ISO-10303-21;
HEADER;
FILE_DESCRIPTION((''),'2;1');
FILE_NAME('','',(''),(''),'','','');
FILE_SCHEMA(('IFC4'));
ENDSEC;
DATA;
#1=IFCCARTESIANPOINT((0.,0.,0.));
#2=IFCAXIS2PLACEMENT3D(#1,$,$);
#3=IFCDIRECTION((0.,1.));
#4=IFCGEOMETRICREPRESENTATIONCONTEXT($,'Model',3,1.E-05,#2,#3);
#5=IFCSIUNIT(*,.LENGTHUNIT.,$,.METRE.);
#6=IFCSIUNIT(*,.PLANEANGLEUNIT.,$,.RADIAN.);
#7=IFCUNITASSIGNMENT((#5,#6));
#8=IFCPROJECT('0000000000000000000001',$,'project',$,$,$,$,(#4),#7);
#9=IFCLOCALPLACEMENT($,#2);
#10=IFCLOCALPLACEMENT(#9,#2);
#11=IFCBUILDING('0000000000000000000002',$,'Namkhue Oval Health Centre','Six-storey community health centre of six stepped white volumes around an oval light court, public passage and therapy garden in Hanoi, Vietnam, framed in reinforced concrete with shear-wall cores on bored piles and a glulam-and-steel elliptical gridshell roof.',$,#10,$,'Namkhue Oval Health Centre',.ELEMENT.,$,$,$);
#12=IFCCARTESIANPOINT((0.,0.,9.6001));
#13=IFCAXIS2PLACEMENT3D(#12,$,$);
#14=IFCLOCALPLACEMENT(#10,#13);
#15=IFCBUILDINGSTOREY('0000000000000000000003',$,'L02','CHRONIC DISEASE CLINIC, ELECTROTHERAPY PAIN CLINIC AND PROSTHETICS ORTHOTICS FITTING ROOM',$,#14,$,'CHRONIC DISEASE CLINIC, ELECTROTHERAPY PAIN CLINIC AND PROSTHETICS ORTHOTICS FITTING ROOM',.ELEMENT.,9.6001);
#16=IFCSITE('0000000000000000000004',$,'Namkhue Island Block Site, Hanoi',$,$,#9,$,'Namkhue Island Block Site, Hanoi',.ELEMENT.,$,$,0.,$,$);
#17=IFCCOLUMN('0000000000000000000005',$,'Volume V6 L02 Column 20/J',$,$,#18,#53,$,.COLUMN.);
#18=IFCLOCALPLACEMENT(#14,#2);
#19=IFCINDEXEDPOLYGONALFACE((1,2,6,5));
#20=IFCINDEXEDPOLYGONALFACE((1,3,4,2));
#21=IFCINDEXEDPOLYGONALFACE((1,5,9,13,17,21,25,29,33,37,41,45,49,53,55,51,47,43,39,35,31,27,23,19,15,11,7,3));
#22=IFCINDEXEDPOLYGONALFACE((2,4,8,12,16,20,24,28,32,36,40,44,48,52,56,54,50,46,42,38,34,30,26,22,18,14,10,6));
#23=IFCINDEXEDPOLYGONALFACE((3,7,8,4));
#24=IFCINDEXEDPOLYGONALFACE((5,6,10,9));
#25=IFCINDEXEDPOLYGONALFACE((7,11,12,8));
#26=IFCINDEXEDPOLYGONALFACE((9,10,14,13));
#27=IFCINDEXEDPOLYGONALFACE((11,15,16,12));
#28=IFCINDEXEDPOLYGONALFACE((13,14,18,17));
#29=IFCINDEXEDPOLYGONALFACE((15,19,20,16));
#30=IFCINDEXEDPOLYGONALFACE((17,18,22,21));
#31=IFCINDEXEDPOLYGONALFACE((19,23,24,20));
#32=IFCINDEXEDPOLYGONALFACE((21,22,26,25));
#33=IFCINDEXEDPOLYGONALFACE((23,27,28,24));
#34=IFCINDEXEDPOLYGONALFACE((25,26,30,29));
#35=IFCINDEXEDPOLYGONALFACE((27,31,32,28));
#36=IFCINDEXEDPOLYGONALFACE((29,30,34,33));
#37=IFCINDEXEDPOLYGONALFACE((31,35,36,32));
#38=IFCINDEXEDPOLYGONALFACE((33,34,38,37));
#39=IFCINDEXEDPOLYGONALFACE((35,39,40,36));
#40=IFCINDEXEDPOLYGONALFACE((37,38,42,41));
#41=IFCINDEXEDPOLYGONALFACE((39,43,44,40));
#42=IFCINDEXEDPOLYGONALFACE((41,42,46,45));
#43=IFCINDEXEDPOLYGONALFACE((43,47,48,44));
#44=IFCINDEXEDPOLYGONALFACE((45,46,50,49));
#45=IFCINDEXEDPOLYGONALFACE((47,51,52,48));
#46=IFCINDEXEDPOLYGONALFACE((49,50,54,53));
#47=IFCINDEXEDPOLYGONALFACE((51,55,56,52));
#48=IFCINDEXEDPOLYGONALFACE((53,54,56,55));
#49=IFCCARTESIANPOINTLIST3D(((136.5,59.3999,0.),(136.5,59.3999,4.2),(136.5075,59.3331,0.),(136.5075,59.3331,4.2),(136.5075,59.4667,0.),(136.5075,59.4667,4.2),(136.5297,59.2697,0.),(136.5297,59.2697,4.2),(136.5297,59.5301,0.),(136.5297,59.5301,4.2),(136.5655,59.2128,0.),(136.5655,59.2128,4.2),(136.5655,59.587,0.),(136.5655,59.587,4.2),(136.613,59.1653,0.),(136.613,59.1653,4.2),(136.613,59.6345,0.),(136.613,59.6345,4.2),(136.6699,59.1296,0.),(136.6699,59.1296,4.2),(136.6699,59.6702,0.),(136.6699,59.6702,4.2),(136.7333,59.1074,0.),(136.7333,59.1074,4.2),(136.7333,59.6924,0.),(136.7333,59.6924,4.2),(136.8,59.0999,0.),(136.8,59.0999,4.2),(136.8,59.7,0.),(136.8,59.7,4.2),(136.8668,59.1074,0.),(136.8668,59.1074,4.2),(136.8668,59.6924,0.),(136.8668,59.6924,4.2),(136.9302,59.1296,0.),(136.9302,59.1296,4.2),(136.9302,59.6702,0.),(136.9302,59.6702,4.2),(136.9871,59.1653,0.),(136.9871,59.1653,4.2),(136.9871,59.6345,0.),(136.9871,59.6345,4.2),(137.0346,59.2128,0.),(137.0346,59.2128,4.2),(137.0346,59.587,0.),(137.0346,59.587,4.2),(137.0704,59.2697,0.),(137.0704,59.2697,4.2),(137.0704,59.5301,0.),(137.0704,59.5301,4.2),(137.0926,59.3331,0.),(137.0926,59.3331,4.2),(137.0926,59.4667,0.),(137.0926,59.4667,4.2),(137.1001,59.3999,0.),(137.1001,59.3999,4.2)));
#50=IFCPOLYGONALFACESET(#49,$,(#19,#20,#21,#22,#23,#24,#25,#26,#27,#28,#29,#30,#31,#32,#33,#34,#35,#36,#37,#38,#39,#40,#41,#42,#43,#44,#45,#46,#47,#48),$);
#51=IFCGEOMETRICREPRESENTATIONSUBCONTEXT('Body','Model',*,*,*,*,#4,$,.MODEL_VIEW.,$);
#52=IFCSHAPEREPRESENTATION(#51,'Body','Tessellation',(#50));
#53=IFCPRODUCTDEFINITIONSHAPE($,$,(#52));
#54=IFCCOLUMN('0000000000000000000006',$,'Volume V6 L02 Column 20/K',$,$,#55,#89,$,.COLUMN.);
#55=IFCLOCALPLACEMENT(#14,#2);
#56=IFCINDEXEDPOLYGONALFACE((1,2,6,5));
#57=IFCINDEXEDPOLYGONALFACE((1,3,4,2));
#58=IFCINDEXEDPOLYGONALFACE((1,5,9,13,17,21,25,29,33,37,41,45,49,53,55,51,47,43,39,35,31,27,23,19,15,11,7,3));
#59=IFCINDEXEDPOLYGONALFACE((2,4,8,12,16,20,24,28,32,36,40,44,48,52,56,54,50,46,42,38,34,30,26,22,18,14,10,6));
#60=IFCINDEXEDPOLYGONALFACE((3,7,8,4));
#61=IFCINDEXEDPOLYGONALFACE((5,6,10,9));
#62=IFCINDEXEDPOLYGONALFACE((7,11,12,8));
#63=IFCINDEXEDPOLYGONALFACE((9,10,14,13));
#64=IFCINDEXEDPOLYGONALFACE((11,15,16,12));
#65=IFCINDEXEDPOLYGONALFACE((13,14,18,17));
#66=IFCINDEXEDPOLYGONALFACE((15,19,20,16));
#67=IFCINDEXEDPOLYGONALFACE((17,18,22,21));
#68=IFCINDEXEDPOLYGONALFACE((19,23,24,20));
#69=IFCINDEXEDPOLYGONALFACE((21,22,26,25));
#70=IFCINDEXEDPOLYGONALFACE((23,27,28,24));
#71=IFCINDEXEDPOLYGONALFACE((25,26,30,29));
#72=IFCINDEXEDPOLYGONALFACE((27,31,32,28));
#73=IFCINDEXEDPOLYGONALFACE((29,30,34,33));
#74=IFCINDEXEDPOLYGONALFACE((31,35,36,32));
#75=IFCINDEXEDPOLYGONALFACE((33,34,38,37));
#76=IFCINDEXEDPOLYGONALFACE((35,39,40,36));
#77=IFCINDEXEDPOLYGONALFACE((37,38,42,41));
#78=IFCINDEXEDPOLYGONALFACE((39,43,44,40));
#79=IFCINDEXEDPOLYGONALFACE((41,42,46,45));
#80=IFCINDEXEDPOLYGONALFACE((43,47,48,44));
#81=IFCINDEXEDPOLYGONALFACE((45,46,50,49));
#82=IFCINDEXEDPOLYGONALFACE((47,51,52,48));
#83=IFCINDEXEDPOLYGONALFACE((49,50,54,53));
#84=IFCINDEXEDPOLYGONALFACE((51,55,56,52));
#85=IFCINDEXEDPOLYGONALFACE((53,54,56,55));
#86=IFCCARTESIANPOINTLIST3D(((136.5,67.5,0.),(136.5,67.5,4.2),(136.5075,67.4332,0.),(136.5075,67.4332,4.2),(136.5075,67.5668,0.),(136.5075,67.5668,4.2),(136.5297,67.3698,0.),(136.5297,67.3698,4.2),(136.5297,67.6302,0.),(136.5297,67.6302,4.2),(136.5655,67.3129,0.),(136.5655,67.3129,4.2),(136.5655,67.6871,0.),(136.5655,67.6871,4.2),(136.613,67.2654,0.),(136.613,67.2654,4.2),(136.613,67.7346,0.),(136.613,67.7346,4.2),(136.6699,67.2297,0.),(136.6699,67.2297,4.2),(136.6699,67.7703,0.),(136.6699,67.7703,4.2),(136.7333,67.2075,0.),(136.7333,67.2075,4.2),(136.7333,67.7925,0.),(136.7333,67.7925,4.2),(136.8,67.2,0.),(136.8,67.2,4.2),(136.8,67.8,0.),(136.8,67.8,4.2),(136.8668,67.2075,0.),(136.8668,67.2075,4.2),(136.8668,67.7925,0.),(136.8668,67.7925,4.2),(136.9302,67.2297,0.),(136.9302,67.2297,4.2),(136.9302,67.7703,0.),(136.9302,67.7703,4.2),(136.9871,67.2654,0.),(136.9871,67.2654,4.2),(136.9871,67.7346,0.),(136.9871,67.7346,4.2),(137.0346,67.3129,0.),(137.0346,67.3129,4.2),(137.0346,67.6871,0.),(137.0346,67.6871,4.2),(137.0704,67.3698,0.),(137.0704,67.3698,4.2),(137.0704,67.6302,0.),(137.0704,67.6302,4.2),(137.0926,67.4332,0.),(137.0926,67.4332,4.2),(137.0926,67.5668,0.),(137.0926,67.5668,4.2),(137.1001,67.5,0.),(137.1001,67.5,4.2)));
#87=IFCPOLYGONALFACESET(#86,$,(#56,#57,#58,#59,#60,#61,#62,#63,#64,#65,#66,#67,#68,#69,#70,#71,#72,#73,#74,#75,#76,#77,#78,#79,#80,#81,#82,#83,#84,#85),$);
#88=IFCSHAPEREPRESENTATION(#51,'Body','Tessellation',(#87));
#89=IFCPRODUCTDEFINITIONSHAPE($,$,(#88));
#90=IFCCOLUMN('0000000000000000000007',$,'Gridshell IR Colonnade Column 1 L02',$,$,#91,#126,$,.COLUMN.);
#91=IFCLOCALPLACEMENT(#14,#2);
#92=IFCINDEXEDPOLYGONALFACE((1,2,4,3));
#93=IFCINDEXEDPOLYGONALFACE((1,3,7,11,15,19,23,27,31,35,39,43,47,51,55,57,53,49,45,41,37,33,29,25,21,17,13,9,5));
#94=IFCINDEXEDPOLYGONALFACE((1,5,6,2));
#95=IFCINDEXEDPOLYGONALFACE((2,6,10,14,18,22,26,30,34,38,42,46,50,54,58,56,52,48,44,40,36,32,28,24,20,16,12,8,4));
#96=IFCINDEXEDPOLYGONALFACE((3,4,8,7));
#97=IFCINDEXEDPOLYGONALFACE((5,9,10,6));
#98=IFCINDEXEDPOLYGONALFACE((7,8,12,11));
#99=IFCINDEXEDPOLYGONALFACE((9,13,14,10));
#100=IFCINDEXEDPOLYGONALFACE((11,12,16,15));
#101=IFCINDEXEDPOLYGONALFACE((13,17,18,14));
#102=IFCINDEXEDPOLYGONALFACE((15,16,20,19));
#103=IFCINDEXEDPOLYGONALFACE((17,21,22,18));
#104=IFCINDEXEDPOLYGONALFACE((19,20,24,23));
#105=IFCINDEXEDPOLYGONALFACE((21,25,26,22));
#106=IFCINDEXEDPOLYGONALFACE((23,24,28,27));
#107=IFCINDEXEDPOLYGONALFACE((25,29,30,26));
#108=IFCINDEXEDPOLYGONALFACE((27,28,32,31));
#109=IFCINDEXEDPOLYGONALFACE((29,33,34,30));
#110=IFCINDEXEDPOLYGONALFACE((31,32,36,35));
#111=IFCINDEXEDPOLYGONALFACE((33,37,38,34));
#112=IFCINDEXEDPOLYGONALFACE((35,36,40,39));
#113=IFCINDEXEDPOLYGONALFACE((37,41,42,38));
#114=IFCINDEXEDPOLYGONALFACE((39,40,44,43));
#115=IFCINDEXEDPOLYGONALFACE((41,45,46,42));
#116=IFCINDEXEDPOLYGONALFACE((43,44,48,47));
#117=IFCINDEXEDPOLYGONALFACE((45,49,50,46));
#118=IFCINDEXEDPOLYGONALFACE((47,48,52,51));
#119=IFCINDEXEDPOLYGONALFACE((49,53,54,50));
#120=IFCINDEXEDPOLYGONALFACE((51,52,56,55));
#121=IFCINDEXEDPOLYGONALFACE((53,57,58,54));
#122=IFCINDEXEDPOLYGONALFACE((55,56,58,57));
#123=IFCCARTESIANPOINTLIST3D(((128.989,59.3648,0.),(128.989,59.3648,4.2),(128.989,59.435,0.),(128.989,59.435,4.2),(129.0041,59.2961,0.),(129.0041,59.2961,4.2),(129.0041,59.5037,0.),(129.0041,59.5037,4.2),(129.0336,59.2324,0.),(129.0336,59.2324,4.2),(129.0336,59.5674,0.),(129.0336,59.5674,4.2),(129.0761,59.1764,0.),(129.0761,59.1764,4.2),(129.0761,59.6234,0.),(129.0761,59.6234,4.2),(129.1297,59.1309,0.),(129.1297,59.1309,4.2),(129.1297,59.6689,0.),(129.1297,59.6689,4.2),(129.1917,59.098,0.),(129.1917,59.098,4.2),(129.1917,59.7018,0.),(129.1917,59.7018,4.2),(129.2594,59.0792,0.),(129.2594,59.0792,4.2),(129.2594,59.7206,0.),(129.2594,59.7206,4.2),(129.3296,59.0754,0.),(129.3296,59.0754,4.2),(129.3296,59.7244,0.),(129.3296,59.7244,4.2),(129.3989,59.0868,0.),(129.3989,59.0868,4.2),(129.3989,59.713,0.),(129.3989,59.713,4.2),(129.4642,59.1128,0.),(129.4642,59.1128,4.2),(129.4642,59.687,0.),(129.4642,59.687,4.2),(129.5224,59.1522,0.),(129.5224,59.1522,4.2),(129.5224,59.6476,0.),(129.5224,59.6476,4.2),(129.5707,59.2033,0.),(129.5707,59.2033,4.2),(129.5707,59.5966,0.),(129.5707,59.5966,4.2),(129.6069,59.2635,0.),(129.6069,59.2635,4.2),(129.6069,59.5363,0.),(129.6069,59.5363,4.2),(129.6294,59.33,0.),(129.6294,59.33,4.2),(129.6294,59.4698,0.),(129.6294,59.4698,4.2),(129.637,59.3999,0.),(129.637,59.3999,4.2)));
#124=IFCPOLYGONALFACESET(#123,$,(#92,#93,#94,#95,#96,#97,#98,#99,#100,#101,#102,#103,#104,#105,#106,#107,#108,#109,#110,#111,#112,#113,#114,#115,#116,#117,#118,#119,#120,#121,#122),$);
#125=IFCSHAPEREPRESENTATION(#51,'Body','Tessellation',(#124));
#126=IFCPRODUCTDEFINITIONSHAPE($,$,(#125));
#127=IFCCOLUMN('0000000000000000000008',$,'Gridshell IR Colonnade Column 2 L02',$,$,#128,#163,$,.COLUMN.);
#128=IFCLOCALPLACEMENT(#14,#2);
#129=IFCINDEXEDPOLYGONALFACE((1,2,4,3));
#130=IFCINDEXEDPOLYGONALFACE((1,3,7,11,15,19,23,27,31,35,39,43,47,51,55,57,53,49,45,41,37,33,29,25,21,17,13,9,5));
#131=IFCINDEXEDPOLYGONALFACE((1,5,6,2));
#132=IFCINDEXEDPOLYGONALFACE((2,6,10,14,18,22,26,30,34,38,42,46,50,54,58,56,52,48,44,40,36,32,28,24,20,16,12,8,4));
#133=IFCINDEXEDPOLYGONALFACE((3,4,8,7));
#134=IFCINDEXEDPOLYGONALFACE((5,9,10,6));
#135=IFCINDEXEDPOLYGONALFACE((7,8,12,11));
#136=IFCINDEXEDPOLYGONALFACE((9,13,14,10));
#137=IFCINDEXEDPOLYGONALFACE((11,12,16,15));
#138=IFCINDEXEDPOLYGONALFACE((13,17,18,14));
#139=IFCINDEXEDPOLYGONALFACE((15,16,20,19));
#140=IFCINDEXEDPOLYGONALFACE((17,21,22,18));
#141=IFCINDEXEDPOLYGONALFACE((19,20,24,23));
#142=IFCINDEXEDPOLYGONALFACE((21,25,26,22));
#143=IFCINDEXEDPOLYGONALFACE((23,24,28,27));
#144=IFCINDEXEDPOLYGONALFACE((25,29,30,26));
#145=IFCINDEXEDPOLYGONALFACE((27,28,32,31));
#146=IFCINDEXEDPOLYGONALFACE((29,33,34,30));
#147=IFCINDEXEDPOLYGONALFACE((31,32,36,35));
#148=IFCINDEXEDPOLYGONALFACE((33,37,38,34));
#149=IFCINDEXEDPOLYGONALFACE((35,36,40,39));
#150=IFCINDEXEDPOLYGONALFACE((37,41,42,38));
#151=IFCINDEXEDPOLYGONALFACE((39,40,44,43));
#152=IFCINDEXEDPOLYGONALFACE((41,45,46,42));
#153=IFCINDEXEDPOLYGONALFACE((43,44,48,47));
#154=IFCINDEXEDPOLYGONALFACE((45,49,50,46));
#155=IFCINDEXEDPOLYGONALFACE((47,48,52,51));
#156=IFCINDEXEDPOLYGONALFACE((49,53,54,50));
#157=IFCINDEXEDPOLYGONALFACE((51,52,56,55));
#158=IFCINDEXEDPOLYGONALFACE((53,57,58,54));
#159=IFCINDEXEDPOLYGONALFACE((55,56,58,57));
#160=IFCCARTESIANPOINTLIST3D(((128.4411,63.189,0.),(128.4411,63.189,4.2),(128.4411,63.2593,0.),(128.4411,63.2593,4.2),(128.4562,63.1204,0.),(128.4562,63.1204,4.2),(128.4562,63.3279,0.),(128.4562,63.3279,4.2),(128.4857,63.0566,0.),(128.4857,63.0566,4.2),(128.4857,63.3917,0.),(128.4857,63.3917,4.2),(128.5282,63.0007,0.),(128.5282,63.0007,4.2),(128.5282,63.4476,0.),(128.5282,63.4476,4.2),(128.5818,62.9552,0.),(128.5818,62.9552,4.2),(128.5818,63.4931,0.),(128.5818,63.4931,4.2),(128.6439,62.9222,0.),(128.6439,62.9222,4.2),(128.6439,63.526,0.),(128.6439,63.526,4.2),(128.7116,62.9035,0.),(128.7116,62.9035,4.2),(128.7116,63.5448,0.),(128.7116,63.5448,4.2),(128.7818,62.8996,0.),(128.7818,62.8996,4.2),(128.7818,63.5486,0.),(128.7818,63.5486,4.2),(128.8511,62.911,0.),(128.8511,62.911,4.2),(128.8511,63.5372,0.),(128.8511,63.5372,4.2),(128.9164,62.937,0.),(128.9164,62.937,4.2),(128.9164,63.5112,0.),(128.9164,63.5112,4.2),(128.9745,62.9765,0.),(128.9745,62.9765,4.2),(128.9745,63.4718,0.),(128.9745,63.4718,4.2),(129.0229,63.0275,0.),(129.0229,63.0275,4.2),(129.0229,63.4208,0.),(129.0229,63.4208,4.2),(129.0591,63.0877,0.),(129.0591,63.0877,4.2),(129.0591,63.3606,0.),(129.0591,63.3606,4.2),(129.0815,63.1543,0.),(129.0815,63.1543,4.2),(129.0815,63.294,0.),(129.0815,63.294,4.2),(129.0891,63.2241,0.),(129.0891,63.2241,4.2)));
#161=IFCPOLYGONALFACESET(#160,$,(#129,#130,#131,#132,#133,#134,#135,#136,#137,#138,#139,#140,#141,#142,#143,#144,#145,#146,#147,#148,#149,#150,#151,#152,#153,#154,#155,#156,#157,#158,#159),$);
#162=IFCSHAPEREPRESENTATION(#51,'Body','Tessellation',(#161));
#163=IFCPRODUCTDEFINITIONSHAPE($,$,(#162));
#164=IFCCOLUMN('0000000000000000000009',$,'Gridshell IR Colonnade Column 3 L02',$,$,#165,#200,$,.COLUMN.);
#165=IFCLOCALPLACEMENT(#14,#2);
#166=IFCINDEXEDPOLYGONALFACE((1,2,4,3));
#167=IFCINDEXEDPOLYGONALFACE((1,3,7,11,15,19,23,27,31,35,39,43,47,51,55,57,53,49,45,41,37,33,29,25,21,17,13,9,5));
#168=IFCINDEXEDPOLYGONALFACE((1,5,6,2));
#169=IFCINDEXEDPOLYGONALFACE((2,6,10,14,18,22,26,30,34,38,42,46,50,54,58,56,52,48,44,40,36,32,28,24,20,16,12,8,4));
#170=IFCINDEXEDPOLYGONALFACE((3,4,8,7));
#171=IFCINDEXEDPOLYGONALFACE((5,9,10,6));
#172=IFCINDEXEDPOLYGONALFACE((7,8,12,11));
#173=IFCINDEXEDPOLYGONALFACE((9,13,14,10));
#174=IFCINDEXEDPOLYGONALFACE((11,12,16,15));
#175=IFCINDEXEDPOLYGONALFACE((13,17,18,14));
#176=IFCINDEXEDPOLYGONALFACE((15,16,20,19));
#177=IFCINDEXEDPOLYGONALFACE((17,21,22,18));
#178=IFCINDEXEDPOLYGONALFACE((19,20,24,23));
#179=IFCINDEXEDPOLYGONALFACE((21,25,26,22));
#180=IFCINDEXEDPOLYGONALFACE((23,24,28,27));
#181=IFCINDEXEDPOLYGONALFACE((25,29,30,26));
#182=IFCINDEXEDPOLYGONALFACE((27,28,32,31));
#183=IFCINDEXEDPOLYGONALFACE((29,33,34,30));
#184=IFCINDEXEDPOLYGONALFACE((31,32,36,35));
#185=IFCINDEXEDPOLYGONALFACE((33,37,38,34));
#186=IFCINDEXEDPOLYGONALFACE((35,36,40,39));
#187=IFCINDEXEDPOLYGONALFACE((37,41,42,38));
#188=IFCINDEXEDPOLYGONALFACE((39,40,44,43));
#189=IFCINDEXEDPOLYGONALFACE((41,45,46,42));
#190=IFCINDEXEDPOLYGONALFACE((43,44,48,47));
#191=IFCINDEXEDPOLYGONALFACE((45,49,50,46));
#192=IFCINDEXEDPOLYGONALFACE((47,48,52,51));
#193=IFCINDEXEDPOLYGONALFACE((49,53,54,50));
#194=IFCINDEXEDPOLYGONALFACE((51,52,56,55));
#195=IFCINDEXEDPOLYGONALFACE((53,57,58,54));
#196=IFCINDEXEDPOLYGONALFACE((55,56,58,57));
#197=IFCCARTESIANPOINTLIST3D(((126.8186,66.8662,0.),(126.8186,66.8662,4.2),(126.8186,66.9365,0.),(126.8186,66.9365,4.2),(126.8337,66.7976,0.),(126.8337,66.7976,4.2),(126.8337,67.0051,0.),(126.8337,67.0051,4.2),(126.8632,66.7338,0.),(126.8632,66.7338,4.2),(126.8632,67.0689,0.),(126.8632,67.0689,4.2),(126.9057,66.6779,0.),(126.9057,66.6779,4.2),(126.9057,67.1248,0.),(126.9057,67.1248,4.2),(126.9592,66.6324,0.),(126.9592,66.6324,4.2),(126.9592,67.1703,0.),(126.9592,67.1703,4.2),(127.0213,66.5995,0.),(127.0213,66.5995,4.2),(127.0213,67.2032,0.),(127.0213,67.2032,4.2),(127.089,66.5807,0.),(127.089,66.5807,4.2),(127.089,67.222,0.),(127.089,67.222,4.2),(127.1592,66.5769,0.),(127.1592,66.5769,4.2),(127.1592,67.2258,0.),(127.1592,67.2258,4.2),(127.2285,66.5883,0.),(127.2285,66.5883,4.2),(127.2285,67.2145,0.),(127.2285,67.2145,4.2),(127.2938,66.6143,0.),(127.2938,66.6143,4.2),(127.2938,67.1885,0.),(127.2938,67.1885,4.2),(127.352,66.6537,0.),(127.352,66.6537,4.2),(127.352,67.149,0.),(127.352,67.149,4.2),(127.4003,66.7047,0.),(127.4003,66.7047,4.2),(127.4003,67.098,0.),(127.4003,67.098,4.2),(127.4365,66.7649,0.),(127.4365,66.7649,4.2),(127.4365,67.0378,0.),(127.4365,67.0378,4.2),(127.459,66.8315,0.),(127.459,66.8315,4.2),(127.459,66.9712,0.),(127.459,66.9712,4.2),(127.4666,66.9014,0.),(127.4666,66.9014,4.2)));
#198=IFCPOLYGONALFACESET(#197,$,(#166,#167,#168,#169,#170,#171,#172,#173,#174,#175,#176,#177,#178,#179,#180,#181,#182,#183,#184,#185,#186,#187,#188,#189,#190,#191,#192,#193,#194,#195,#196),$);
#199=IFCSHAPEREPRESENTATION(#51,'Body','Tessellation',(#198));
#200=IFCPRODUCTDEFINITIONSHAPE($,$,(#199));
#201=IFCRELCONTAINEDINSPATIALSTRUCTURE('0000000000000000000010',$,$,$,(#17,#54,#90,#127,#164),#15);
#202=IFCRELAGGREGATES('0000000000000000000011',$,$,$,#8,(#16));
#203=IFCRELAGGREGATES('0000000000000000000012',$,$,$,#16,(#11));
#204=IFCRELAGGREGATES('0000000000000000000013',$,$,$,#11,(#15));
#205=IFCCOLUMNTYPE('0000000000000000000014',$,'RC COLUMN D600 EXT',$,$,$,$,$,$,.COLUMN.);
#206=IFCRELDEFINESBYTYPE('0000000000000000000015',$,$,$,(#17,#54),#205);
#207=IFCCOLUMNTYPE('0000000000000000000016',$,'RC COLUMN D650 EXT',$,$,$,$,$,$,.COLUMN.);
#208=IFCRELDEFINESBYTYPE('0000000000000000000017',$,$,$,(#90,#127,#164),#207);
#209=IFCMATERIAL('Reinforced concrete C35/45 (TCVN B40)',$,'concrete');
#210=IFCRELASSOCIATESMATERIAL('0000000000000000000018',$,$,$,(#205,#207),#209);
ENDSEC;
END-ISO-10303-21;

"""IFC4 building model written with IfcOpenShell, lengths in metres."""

from ifc_helpers import new_model, si_unit, direction, frame, origin, origin_2d, place, context, subcontext, project, spatial, circle, extrude, material, material_profile, profile_set, type_object, element, save


model = new_model("IFC4")

# Units and contexts
model_context = context("Model", 3, precision=1e-05, world=origin(), true_north=direction((0.0, 1.0)))
body_context = subcontext(model_context, "Body", "Model", "MODEL_VIEW")
ifc_project = project(units=[si_unit("LENGTHUNIT", "METRE"), si_unit("PLANEANGLEUNIT", "RADIAN")], contexts=[model_context])

# Site, building, storey
site_placement = place(None, origin())
site = spatial("IfcSite", under=ifc_project, at=site_placement, Name="Namkhue Island Block Site, Hanoi", LongName="Namkhue Island Block Site, Hanoi", CompositionType="ELEMENT", RefElevation=0.0)
building_placement = place(site_placement, origin())
building = spatial("IfcBuilding", under=site, at=building_placement, Name="Namkhue Oval Health Centre", Description="Six-storey community health centre of six stepped white volumes around an oval light court, public passage and therapy garden in Hanoi, Vietnam, framed in reinforced concrete with shear-wall cores on bored piles and a glulam-and-steel elliptical gridshell roof.", LongName="Namkhue Oval Health Centre", CompositionType="ELEMENT")
storey_placement = place(building_placement, frame((0.0, 0.0, 9.6001)))
storey = spatial("IfcBuildingStorey", under=building, at=storey_placement, Name="L02", Description="CHRONIC DISEASE CLINIC, ELECTROTHERAPY PAIN CLINIC AND PROSTHETICS ORTHOTICS FITTING ROOM", LongName="CHRONIC DISEASE CLINIC, ELECTROTHERAPY PAIN CLINIC AND PROSTHETICS ORTHOTICS FITTING ROOM", CompositionType="ELEMENT", Elevation=9.6001)

# Columns
ifc_material_1 = material(Name="Reinforced concrete C35/45 (TCVN B40)", Category="concrete")
ifc_material_profile_1 = material_profile(ifc_material_1, circle(Radius=0.3, at=origin_2d()), Name="RC D600")
ifc_profile_set_1 = profile_set([ifc_material_profile_1], Name="Reinforced concrete C35/45 (TCVN B40)")
column_type_1 = type_object("IfcColumnType", Name="RC COLUMN D600 EXT", PredefinedType="COLUMN", material=ifc_profile_set_1)
for number, where, z_axis, x_axis, name in (
    (1, (136.8, 59.3999, 0.0), (0.0, 0.0, 1.0), (1.0, 0.0, 0.0), "Volume V6 L02 Column 20/J"),
    (2, (136.8, 67.5, 0.0), (0.0, 0.0, 1.0), (1.0, 0.0, 0.0), "Volume V6 L02 Column 20/K"),
):
    element("IfcColumn", number, at=place(storey_placement, frame(where, z_axis=z_axis, x_axis=x_axis)), inside=storey, type_object=column_type_1, Name=name, PredefinedType="COLUMN", context=body_context, shape_type="SweptSolid", body=[
        extrude(circle(Radius=0.3, at=origin_2d()), origin(), (0.0, 0.0, 1.0), 4.2),
    ])
ifc_material_profile_2 = material_profile(ifc_material_1, circle(Radius=0.325, at=origin_2d()), Name="RC D650")
ifc_profile_set_2 = profile_set([ifc_material_profile_2], Name="Reinforced concrete C35/45 (TCVN B40)")
column_type_2 = type_object("IfcColumnType", Name="RC COLUMN D650 EXT", PredefinedType="COLUMN", material=ifc_profile_set_2)
for number, where, z_axis, x_axis, name in (
    (3, (129.312, 59.3999, 0.0), (0.0, 0.0, 1.0), (1.0, 0.0, 0.0), "Gridshell IR Colonnade Column 1 L02"),
    (4, (128.7642, 63.2241, 0.0), (0.0, 0.0, 1.0), (1.0, 0.0, 0.0), "Gridshell IR Colonnade Column 2 L02"),
    (5, (127.1416, 66.9014, 0.0), (0.0, 0.0, 1.0), (1.0, 0.0, 0.0), "Gridshell IR Colonnade Column 3 L02"),
):
    element("IfcColumn", number, at=place(storey_placement, frame(where, z_axis=z_axis, x_axis=x_axis)), inside=storey, type_object=column_type_2, Name=name, PredefinedType="COLUMN", context=body_context, shape_type="SweptSolid", body=[
        extrude(circle(Radius=0.325, at=origin_2d()), origin(), (0.0, 0.0, 1.0), 4.2),
    ])

save(model, "model.ifc")
